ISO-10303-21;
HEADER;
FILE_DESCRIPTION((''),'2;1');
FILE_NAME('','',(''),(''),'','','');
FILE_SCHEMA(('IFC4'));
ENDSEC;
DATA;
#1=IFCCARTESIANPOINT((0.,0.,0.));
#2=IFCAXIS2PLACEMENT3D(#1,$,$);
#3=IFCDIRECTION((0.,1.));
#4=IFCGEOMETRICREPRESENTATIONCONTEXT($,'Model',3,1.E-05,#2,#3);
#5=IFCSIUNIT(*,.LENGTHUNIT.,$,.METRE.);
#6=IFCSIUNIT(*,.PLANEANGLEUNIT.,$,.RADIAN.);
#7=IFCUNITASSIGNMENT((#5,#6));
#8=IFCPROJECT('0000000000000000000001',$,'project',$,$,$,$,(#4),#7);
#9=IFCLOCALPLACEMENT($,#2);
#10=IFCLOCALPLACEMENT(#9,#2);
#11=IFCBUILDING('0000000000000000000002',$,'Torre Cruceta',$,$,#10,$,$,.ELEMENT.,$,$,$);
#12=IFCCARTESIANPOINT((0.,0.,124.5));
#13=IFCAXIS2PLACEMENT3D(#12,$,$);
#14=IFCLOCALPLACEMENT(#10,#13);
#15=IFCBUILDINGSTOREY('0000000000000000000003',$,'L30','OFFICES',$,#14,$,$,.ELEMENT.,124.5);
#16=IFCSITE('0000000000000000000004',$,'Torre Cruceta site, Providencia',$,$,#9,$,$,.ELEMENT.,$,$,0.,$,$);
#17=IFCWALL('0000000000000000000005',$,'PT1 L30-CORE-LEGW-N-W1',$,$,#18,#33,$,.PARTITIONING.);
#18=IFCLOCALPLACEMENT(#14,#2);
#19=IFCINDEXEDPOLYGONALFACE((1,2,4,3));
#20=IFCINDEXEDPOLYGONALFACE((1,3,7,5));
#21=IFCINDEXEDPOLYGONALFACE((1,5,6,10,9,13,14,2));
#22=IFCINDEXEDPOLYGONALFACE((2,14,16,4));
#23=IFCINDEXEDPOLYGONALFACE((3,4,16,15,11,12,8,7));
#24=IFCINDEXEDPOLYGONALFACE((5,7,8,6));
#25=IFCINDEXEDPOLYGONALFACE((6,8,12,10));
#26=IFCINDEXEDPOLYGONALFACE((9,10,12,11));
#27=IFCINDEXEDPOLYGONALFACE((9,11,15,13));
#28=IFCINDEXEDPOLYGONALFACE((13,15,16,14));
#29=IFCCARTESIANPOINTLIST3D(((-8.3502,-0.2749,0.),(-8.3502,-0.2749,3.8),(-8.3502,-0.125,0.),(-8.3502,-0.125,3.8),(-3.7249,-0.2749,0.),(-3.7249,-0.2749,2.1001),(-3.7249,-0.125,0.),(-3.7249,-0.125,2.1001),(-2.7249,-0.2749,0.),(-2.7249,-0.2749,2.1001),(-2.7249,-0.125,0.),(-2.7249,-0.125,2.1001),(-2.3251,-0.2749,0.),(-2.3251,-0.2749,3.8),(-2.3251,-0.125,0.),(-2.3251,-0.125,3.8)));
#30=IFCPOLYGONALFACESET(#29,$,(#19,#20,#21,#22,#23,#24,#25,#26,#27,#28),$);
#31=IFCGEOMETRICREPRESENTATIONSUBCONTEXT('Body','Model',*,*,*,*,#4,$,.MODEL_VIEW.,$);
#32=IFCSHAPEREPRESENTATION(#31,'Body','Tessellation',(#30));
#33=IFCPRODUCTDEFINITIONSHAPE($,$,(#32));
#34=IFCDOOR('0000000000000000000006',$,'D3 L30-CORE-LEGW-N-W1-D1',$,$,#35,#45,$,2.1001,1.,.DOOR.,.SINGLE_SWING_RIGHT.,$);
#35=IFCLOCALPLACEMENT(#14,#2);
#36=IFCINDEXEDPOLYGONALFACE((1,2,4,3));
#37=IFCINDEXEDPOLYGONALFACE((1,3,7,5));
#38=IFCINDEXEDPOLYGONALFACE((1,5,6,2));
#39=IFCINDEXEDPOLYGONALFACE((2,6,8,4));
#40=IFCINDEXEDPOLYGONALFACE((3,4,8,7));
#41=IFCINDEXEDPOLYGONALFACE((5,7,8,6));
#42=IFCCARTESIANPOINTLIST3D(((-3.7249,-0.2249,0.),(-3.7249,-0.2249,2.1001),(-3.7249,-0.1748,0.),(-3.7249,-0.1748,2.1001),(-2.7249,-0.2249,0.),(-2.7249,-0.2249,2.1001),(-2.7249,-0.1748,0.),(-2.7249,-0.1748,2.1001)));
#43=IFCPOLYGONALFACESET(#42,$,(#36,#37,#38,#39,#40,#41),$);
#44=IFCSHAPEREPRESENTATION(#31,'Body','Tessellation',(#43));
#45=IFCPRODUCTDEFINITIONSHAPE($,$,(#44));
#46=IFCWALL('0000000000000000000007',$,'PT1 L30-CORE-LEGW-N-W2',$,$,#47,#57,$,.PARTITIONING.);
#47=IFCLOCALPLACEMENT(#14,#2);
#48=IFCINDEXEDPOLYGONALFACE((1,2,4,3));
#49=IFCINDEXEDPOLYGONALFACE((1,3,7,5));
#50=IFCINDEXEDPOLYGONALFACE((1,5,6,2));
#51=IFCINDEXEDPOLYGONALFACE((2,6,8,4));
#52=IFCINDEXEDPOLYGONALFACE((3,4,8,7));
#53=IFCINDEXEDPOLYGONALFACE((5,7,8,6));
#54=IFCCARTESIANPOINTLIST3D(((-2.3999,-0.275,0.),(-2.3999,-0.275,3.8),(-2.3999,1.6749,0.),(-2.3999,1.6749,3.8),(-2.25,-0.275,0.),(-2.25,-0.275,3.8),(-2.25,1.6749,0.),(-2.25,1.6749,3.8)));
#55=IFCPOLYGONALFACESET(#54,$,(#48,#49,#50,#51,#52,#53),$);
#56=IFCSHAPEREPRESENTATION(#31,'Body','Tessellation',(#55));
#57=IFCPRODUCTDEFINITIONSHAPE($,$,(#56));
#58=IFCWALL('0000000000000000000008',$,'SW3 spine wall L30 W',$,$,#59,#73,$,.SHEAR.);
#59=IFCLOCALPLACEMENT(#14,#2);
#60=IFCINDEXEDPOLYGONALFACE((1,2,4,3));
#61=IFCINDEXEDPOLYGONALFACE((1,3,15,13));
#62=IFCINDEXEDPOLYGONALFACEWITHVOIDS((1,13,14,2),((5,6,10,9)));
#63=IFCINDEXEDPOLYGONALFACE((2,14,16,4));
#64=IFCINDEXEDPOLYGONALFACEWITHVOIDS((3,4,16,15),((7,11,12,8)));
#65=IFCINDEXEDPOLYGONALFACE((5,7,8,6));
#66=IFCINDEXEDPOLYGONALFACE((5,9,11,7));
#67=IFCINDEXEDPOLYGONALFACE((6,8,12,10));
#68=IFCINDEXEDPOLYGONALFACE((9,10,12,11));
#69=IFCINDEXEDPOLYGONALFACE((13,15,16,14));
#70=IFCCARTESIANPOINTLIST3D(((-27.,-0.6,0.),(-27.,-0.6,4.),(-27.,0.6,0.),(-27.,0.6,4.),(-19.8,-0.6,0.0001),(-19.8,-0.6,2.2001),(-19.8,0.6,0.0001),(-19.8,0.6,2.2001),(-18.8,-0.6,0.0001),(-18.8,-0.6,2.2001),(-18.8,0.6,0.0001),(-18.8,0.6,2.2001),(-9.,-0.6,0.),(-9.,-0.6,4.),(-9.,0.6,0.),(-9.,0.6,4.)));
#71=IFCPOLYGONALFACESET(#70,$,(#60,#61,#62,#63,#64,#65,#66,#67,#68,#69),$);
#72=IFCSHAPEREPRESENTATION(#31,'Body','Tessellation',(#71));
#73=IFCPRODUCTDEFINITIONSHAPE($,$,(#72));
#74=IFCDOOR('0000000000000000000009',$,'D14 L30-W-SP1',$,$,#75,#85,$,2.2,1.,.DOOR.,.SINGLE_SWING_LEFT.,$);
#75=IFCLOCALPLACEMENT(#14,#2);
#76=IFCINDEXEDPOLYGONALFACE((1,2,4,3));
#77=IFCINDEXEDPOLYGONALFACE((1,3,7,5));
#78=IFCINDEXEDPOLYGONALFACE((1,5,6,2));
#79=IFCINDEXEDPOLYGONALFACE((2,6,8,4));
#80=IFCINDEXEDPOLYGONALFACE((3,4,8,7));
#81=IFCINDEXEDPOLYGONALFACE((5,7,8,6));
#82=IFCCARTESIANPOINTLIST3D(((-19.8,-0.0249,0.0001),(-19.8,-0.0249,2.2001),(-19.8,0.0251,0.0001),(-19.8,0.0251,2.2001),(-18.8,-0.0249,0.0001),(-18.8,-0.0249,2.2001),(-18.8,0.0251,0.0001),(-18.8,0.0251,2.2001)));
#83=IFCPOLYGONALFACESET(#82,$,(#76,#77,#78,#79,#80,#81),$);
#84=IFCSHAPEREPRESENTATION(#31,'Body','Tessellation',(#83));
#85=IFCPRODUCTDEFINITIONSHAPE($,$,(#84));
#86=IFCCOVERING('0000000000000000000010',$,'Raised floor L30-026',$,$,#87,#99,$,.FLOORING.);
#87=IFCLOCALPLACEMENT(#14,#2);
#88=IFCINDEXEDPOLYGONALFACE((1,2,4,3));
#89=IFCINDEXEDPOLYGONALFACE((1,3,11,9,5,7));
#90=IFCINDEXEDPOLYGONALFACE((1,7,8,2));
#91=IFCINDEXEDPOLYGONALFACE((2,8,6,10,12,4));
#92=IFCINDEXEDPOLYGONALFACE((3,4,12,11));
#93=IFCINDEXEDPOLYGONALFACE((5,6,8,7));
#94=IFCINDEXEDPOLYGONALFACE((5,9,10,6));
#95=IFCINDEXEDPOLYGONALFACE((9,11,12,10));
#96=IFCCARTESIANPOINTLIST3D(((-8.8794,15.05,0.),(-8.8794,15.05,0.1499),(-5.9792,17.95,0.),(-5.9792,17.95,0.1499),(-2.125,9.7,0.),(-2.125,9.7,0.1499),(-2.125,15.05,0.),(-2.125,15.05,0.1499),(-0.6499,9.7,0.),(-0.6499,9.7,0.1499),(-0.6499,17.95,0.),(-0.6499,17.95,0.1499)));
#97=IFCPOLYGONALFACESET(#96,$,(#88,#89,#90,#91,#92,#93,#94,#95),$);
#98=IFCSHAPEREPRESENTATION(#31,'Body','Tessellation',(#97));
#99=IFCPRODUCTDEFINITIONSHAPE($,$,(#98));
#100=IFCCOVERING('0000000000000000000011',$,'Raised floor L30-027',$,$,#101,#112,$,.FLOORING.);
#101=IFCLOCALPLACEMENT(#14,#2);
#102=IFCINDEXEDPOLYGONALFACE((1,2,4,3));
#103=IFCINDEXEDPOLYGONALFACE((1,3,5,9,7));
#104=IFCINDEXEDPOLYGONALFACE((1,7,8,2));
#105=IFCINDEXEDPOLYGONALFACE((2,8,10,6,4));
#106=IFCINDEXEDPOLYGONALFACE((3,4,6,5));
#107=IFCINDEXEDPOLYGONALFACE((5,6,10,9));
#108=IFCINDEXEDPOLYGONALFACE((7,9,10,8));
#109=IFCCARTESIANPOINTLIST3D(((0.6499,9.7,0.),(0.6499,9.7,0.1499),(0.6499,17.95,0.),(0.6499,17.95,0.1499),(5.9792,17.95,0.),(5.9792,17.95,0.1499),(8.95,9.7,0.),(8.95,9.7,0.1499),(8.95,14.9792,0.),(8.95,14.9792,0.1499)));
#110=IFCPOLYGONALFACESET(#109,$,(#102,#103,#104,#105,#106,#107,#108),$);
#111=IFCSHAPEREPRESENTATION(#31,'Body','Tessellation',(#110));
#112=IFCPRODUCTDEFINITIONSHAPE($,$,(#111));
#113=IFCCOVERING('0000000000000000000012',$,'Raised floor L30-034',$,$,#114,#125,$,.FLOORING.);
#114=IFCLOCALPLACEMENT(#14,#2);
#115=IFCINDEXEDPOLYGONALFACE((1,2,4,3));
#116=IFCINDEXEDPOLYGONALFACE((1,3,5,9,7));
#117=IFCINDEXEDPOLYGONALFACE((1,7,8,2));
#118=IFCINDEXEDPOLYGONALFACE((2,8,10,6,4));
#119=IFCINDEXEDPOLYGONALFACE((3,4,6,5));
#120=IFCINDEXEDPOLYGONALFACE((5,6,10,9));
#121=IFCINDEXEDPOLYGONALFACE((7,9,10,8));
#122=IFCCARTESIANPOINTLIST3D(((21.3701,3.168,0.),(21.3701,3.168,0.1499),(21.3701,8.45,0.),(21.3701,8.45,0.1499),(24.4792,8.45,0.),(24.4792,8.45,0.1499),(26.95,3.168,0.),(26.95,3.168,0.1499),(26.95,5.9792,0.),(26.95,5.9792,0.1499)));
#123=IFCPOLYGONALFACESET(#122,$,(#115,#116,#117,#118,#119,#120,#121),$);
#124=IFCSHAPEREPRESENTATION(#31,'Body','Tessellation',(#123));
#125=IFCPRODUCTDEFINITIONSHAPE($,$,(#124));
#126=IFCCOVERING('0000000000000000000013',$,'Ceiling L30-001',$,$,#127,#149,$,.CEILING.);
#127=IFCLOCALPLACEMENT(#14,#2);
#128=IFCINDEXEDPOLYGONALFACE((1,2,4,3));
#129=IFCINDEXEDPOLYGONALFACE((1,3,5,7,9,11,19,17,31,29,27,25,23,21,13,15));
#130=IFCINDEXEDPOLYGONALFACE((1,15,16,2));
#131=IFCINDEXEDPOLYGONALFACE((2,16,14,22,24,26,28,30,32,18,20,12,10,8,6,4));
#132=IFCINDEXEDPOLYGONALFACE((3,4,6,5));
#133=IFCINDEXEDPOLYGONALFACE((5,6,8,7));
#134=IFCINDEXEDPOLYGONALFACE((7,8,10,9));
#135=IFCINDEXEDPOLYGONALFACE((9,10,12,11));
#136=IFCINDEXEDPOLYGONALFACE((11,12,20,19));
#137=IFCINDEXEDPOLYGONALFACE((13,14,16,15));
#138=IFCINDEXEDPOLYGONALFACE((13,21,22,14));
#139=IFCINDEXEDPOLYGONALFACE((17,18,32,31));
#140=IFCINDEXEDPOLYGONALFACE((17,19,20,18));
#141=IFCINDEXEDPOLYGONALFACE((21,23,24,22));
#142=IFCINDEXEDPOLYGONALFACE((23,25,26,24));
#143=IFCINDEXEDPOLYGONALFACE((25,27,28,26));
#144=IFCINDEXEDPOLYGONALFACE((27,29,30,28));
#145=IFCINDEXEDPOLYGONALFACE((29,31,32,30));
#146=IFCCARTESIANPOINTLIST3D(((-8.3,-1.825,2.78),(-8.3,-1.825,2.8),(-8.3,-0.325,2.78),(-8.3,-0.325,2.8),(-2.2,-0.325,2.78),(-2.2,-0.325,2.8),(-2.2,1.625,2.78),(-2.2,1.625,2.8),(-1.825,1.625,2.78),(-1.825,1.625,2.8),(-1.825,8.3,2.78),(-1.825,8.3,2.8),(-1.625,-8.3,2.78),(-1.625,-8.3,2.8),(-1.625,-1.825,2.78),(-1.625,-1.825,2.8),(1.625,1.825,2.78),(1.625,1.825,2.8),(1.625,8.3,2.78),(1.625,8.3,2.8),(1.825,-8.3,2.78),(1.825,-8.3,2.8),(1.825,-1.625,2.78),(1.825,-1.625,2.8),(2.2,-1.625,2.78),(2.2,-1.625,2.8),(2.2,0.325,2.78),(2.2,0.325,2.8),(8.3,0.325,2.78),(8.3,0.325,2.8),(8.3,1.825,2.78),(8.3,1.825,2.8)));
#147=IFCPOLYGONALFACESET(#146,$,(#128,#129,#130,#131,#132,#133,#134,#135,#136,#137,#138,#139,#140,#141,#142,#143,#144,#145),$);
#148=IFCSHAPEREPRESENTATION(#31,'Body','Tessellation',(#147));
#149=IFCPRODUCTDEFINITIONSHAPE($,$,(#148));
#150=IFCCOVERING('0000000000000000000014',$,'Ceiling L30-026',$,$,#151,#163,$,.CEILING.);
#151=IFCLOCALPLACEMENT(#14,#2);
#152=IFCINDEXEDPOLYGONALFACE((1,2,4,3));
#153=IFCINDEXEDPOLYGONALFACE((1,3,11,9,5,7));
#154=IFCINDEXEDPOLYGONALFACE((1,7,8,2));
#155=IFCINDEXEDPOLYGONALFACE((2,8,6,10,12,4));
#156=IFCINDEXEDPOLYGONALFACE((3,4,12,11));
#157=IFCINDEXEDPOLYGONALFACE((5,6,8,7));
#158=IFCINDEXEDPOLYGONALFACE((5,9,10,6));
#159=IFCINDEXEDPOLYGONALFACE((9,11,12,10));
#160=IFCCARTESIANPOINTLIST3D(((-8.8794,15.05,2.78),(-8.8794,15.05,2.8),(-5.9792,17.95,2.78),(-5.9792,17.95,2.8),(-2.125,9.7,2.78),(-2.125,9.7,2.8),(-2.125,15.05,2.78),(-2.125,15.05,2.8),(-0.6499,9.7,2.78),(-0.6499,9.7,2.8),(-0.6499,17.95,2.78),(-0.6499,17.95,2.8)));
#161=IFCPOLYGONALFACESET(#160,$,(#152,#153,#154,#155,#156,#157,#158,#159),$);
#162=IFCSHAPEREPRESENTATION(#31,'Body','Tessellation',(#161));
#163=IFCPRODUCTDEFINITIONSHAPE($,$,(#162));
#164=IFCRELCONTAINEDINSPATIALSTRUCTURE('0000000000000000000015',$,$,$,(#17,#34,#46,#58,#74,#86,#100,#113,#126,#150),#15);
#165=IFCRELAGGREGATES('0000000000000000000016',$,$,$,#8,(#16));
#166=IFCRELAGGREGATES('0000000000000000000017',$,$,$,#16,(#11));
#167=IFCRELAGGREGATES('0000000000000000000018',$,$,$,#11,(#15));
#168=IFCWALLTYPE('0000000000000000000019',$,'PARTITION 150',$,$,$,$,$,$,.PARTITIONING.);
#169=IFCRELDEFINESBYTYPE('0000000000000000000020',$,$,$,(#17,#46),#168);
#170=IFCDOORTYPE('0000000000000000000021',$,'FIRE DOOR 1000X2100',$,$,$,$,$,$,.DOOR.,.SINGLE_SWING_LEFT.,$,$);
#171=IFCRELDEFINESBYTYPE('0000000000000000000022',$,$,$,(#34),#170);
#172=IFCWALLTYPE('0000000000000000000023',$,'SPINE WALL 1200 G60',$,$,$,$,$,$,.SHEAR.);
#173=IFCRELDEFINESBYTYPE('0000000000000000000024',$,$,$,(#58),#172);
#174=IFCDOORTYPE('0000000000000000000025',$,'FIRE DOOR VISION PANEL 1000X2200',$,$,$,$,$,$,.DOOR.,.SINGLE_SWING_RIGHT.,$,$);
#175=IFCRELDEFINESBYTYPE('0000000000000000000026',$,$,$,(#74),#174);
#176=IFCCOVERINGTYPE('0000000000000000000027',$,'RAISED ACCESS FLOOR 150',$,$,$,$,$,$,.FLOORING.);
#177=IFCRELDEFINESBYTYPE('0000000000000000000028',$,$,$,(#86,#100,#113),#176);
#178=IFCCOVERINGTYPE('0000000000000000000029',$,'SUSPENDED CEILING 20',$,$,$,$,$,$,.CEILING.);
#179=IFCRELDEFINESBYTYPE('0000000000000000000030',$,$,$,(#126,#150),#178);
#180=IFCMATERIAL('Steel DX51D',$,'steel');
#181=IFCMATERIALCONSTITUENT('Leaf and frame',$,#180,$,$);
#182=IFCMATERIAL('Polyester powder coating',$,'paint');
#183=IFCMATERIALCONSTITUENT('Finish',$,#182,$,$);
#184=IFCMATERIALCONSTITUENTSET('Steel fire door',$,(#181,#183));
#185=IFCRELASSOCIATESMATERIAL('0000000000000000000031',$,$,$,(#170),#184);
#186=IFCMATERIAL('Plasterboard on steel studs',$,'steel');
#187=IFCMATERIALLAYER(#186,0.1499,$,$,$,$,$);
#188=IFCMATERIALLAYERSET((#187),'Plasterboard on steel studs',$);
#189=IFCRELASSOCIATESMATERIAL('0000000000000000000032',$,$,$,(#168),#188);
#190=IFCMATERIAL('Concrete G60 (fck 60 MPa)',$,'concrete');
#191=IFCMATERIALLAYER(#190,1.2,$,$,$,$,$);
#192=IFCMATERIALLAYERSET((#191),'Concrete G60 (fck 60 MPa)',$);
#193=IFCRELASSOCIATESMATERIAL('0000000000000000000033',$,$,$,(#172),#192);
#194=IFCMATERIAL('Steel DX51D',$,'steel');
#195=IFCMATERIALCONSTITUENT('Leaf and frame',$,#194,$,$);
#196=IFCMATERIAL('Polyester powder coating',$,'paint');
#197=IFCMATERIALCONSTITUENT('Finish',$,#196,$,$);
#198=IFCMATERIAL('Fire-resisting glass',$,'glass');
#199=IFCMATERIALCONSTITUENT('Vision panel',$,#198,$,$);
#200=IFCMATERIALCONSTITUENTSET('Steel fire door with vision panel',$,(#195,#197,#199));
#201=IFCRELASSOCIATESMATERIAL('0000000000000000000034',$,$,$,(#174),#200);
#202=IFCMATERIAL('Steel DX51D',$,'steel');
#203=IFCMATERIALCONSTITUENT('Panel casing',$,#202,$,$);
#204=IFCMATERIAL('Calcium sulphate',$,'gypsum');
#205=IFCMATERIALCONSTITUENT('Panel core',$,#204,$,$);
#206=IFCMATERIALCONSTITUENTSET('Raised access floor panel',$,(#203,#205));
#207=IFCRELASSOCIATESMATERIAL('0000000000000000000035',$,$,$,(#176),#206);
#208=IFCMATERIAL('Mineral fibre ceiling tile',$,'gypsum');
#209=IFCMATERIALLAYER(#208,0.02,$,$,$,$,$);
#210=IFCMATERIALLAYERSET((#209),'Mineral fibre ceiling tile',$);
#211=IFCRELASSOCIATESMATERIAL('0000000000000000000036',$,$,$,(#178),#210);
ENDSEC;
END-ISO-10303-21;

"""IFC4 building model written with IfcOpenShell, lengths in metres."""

from ifc_helpers import new_model, si_unit, direction, frame, frame_2d, origin, place, context, subcontext, project, spatial, polyline, rectangle, outline, extrude, material, layer, layer_set, constituent, constituent_set, type_object, element, fill, save


model = new_model("IFC4")

# Units and contexts
model_context = context("Model", 3, precision=1e-05, world=origin(), true_north=direction((0.0, 1.0)))
body_context = subcontext(model_context, "Body", "Model", "MODEL_VIEW")
ifc_project = project(units=[si_unit("LENGTHUNIT", "METRE"), si_unit("PLANEANGLEUNIT", "RADIAN")], contexts=[model_context])

# Site, building, storey
site_placement = place(None, origin())
site = spatial("IfcSite", under=ifc_project, at=site_placement, Name="Torre Cruceta site, Providencia", CompositionType="ELEMENT", RefElevation=0.0)
building_placement = place(site_placement, origin())
building = spatial("IfcBuilding", under=site, at=building_placement, Name="Torre Cruceta", CompositionType="ELEMENT")
storey_placement = place(building_placement, frame((0.0, 0.0, 124.5)))
storey = spatial("IfcBuildingStorey", under=building, at=storey_placement, Name="L30", Description="OFFICES", CompositionType="ELEMENT", Elevation=124.5)

# Shared definitions
ifc_material_1 = material(Name="Steel DX51D", Category="steel")
ifc_constituent_1 = constituent(ifc_material_1, Name="Leaf and frame")
ifc_material_2 = material(Name="Polyester powder coating", Category="paint")
ifc_constituent_2 = constituent(ifc_material_2, Name="Finish")
ifc_constituent_set_1 = constituent_set(constituents=[ifc_constituent_1, ifc_constituent_2], Name="Steel fire door")
door_type_1 = type_object("IfcDoorType", Name="FIRE DOOR 1000X2100", OperationType="SINGLE_SWING_LEFT", PredefinedType="DOOR", material=ifc_constituent_set_1)

# Wall, opening, door
ifc_material_3 = material(Name="Plasterboard on steel studs", Category="steel")
ifc_layer_1 = layer(ifc_material_3, 0.1499)
ifc_layer_set_1 = layer_set([ifc_layer_1], Name="Plasterboard on steel studs")
wall_type_1 = type_object("IfcWallType", Name="PARTITION 150", PredefinedType="PARTITIONING", material=ifc_layer_set_1)
wall_1_placement = place(storey_placement, frame((-2.325, -0.2, 0.0), z_axis=(0.0, 0.0, 1.0), x_axis=(-1.0, 0.0, 0.0)))
wall_1 = element("IfcWall", 1, at=wall_1_placement, inside=storey, type_object=wall_type_1, Name="PT1 L30-CORE-LEGW-N-W1", PredefinedType="PARTITIONING", context=body_context, shape_type="SweptSolid", body=[
    extrude(rectangle(XDim=6.0251, YDim=0.1499, at=frame_2d((3.0127, 0.0))), origin(), (0.0, 0.0, 1.0), 3.8),
])
opening_1_placement = place(wall_1_placement, frame((0.3999, 0.0, 0.0)))
opening_1 = element("IfcOpeningElement", 2, at=opening_1_placement, cuts=wall_1, PredefinedType="OPENING", context=body_context, shape_type="SweptSolid", body=[
    extrude(rectangle(XDim=1.0, YDim=2.1001, at=frame_2d((0.5, 1.05))), frame((0.0, 0.085, 0.0), z_axis=(0.0, -1.0, 0.0), x_axis=(1.0, 0.0, 0.0)), (0.0, 0.0, 1.0), 0.1699),
])
door_1_placement = place(opening_1_placement, frame((1.0, 0.0, 0.0), z_axis=(0.0, 0.0, 1.0), x_axis=(-1.0, 0.0, 0.0)))
door_1 = element("IfcDoor", 3, at=door_1_placement, inside=storey, type_object=door_type_1, Name="D3 L30-CORE-LEGW-N-W1-D1", OperationType="SINGLE_SWING_RIGHT", OverallHeight=2.1001, OverallWidth=1.0, PredefinedType="DOOR", context=body_context, shape_type="SweptSolid", body=[
    extrude(rectangle(XDim=1.0, YDim=2.1001, at=frame_2d((0.5, 1.05))), frame((0.0, 0.0251, 0.0), z_axis=(0.0, -1.0, 0.0), x_axis=(1.0, 0.0, 0.0)), (0.0, 0.0, 1.0), 0.05),
])
fill(opening_1, door_1)

# Wall
wall_2_placement = place(storey_placement, frame((-2.325, 1.675, 0.0), z_axis=(0.0, 0.0, 1.0), x_axis=(0.0, -1.0, 0.0)))
element("IfcWall", 4, at=wall_2_placement, inside=storey, type_object=wall_type_1, Name="PT1 L30-CORE-LEGW-N-W2", PredefinedType="PARTITIONING", context=body_context, shape_type="SweptSolid", body=[
    extrude(rectangle(XDim=1.95, YDim=0.1499, at=frame_2d((0.9751, 0.0))), origin(), (0.0, 0.0, 1.0), 3.8),
])

# Wall, opening, door
ifc_material_4 = material(Name="Concrete G60 (fck 60 MPa)", Category="concrete")
ifc_layer_2 = layer(ifc_material_4, 1.2)
ifc_layer_set_2 = layer_set([ifc_layer_2], Name="Concrete G60 (fck 60 MPa)")
wall_type_2 = type_object("IfcWallType", Name="SPINE WALL 1200 G60", PredefinedType="SHEAR", material=ifc_layer_set_2)
wall_3_placement = place(storey_placement, frame((-9.0, 0.0, 0.0), z_axis=(0.0, 0.0, 1.0), x_axis=(-1.0, 0.0, 0.0)))
wall_3 = element("IfcWall", 5, at=wall_3_placement, inside=storey, type_object=wall_type_2, Name="SW3 spine wall L30 W", PredefinedType="SHEAR", context=body_context, shape_type="SweptSolid", body=[
    extrude(rectangle(XDim=18.0, YDim=1.2, at=frame_2d((9.0, 0.0))), origin(), (0.0, 0.0, 1.0), 4.0),
])
opening_2_placement = place(wall_3_placement, frame((9.8, 0.0, 0.0)))
opening_2 = element("IfcOpeningElement", 6, at=opening_2_placement, cuts=wall_3, PredefinedType="OPENING", context=body_context, shape_type="SweptSolid", body=[
    extrude(rectangle(XDim=1.0, YDim=2.2, at=frame_2d((0.5, 1.1001))), frame((0.0, 0.6099, 0.0), z_axis=(0.0, -1.0, 0.0), x_axis=(1.0, 0.0, 0.0)), (0.0, 0.0, 1.0), 1.22),
])
ifc_material_5 = material(Name="Steel DX51D", Category="steel")
ifc_constituent_3 = constituent(ifc_material_5, Name="Leaf and frame")
ifc_material_6 = material(Name="Polyester powder coating", Category="paint")
ifc_constituent_4 = constituent(ifc_material_6, Name="Finish")
ifc_material_7 = material(Name="Fire-resisting glass", Category="glass")
ifc_constituent_5 = constituent(ifc_material_7, Name="Vision panel")
ifc_constituent_set_2 = constituent_set(constituents=[ifc_constituent_3, ifc_constituent_4, ifc_constituent_5], Name="Steel fire door with vision panel")
door_type_2 = type_object("IfcDoorType", Name="FIRE DOOR VISION PANEL 1000X2200", OperationType="SINGLE_SWING_RIGHT", PredefinedType="DOOR", material=ifc_constituent_set_2)
door_2_placement = place(opening_2_placement, frame((1.0, 0.0, 0.0), z_axis=(0.0, 0.0, 1.0), x_axis=(-1.0, 0.0, 0.0)))
door_2 = element("IfcDoor", 7, at=door_2_placement, inside=storey, type_object=door_type_2, Name="D14 L30-W-SP1", OperationType="SINGLE_SWING_LEFT", OverallHeight=2.2, OverallWidth=1.0, PredefinedType="DOOR", context=body_context, shape_type="SweptSolid", body=[
    extrude(rectangle(XDim=1.0, YDim=2.2, at=frame_2d((0.5, 1.1001))), frame((0.0, 0.0251, 0.0), z_axis=(0.0, -1.0, 0.0), x_axis=(1.0, 0.0, 0.0)), (0.0, 0.0, 1.0), 0.05),
])
fill(opening_2, door_2)

# Coverings
ifc_material_8 = material(Name="Steel DX51D", Category="steel")
ifc_constituent_6 = constituent(ifc_material_8, Name="Panel casing")
ifc_material_9 = material(Name="Calcium sulphate", Category="gypsum")
ifc_constituent_7 = constituent(ifc_material_9, Name="Panel core")
ifc_constituent_set_3 = constituent_set(constituents=[ifc_constituent_6, ifc_constituent_7], Name="Raised access floor panel")
covering_type_1 = type_object("IfcCoveringType", Name="RAISED ACCESS FLOOR 150", PredefinedType="FLOORING", material=ifc_constituent_set_3)
covering_1_placement = place(storey_placement, origin())
element("IfcCovering", 8, at=covering_1_placement, inside=storey, type_object=covering_type_1, Name="Raised floor L30-026", PredefinedType="FLOORING", context=body_context, shape_type="SweptSolid", body=[
    extrude(outline(polyline([(-0.6499, 17.95), (-0.6499, 9.7), (-2.125, 9.7), (-2.125, 15.05), (-8.8794, 15.05), (-5.9792, 17.95), (-0.6499, 17.95)])), origin(), (0.0, 0.0, 1.0), 0.1499),
])
covering_2_placement = place(storey_placement, origin())
element("IfcCovering", 9, at=covering_2_placement, inside=storey, type_object=covering_type_1, Name="Raised floor L30-027", PredefinedType="FLOORING", context=body_context, shape_type="SweptSolid", body=[
    extrude(outline(polyline([(5.9792, 17.95), (8.95, 14.9792), (8.95, 9.7), (0.6499, 9.7), (0.6499, 17.95), (5.9792, 17.95)])), origin(), (0.0, 0.0, 1.0), 0.1499),
])
covering_3_placement = place(storey_placement, origin())
element("IfcCovering", 10, at=covering_3_placement, inside=storey, type_object=covering_type_1, Name="Raised floor L30-034", PredefinedType="FLOORING", context=body_context, shape_type="SweptSolid", body=[
    extrude(outline(polyline([(26.95, 3.168), (21.3701, 3.168), (21.3701, 8.45), (24.4792, 8.45), (26.95, 5.9792), (26.95, 3.168)])), origin(), (0.0, 0.0, 1.0), 0.1499),
])
ifc_material_10 = material(Name="Mineral fibre ceiling tile", Category="gypsum")
ifc_layer_3 = layer(ifc_material_10, 0.02)
ifc_layer_set_3 = layer_set([ifc_layer_3], Name="Mineral fibre ceiling tile")
covering_type_2 = type_object("IfcCoveringType", Name="SUSPENDED CEILING 20", PredefinedType="CEILING", material=ifc_layer_set_3)
covering_4_placement = place(storey_placement, frame((0.0, 0.0, 2.78)))
element("IfcCovering", 11, at=covering_4_placement, inside=storey, type_object=covering_type_2, Name="Ceiling L30-001", PredefinedType="CEILING", context=body_context, shape_type="SweptSolid", body=[
    extrude(outline(polyline([(1.825, -8.3), (-1.625, -8.3), (-1.625, -1.825), (-8.3, -1.825), (-8.3, -0.325), (-2.2, -0.325), (-2.2, 1.625), (-1.825, 1.625), (-1.825, 8.3), (1.625, 8.3), (1.625, 1.825), (8.3, 1.825), (8.3, 0.325), (2.2, 0.325), (2.2, -1.625), (1.825, -1.625), (1.825, -8.3)])), origin(), (0.0, 0.0, 1.0), 0.02),
])
covering_5_placement = place(storey_placement, frame((0.0, 0.0, 2.78)))
element("IfcCovering", 12, at=covering_5_placement, inside=storey, type_object=covering_type_2, Name="Ceiling L30-026", PredefinedType="CEILING", context=body_context, shape_type="SweptSolid", body=[
    extrude(outline(polyline([(-0.6499, 17.95), (-0.6499, 9.7), (-2.125, 9.7), (-2.125, 15.05), (-8.8794, 15.05), (-5.9792, 17.95), (-0.6499, 17.95)])), origin(), (0.0, 0.0, 1.0), 0.02),
])

save(model, "model.ifc")
